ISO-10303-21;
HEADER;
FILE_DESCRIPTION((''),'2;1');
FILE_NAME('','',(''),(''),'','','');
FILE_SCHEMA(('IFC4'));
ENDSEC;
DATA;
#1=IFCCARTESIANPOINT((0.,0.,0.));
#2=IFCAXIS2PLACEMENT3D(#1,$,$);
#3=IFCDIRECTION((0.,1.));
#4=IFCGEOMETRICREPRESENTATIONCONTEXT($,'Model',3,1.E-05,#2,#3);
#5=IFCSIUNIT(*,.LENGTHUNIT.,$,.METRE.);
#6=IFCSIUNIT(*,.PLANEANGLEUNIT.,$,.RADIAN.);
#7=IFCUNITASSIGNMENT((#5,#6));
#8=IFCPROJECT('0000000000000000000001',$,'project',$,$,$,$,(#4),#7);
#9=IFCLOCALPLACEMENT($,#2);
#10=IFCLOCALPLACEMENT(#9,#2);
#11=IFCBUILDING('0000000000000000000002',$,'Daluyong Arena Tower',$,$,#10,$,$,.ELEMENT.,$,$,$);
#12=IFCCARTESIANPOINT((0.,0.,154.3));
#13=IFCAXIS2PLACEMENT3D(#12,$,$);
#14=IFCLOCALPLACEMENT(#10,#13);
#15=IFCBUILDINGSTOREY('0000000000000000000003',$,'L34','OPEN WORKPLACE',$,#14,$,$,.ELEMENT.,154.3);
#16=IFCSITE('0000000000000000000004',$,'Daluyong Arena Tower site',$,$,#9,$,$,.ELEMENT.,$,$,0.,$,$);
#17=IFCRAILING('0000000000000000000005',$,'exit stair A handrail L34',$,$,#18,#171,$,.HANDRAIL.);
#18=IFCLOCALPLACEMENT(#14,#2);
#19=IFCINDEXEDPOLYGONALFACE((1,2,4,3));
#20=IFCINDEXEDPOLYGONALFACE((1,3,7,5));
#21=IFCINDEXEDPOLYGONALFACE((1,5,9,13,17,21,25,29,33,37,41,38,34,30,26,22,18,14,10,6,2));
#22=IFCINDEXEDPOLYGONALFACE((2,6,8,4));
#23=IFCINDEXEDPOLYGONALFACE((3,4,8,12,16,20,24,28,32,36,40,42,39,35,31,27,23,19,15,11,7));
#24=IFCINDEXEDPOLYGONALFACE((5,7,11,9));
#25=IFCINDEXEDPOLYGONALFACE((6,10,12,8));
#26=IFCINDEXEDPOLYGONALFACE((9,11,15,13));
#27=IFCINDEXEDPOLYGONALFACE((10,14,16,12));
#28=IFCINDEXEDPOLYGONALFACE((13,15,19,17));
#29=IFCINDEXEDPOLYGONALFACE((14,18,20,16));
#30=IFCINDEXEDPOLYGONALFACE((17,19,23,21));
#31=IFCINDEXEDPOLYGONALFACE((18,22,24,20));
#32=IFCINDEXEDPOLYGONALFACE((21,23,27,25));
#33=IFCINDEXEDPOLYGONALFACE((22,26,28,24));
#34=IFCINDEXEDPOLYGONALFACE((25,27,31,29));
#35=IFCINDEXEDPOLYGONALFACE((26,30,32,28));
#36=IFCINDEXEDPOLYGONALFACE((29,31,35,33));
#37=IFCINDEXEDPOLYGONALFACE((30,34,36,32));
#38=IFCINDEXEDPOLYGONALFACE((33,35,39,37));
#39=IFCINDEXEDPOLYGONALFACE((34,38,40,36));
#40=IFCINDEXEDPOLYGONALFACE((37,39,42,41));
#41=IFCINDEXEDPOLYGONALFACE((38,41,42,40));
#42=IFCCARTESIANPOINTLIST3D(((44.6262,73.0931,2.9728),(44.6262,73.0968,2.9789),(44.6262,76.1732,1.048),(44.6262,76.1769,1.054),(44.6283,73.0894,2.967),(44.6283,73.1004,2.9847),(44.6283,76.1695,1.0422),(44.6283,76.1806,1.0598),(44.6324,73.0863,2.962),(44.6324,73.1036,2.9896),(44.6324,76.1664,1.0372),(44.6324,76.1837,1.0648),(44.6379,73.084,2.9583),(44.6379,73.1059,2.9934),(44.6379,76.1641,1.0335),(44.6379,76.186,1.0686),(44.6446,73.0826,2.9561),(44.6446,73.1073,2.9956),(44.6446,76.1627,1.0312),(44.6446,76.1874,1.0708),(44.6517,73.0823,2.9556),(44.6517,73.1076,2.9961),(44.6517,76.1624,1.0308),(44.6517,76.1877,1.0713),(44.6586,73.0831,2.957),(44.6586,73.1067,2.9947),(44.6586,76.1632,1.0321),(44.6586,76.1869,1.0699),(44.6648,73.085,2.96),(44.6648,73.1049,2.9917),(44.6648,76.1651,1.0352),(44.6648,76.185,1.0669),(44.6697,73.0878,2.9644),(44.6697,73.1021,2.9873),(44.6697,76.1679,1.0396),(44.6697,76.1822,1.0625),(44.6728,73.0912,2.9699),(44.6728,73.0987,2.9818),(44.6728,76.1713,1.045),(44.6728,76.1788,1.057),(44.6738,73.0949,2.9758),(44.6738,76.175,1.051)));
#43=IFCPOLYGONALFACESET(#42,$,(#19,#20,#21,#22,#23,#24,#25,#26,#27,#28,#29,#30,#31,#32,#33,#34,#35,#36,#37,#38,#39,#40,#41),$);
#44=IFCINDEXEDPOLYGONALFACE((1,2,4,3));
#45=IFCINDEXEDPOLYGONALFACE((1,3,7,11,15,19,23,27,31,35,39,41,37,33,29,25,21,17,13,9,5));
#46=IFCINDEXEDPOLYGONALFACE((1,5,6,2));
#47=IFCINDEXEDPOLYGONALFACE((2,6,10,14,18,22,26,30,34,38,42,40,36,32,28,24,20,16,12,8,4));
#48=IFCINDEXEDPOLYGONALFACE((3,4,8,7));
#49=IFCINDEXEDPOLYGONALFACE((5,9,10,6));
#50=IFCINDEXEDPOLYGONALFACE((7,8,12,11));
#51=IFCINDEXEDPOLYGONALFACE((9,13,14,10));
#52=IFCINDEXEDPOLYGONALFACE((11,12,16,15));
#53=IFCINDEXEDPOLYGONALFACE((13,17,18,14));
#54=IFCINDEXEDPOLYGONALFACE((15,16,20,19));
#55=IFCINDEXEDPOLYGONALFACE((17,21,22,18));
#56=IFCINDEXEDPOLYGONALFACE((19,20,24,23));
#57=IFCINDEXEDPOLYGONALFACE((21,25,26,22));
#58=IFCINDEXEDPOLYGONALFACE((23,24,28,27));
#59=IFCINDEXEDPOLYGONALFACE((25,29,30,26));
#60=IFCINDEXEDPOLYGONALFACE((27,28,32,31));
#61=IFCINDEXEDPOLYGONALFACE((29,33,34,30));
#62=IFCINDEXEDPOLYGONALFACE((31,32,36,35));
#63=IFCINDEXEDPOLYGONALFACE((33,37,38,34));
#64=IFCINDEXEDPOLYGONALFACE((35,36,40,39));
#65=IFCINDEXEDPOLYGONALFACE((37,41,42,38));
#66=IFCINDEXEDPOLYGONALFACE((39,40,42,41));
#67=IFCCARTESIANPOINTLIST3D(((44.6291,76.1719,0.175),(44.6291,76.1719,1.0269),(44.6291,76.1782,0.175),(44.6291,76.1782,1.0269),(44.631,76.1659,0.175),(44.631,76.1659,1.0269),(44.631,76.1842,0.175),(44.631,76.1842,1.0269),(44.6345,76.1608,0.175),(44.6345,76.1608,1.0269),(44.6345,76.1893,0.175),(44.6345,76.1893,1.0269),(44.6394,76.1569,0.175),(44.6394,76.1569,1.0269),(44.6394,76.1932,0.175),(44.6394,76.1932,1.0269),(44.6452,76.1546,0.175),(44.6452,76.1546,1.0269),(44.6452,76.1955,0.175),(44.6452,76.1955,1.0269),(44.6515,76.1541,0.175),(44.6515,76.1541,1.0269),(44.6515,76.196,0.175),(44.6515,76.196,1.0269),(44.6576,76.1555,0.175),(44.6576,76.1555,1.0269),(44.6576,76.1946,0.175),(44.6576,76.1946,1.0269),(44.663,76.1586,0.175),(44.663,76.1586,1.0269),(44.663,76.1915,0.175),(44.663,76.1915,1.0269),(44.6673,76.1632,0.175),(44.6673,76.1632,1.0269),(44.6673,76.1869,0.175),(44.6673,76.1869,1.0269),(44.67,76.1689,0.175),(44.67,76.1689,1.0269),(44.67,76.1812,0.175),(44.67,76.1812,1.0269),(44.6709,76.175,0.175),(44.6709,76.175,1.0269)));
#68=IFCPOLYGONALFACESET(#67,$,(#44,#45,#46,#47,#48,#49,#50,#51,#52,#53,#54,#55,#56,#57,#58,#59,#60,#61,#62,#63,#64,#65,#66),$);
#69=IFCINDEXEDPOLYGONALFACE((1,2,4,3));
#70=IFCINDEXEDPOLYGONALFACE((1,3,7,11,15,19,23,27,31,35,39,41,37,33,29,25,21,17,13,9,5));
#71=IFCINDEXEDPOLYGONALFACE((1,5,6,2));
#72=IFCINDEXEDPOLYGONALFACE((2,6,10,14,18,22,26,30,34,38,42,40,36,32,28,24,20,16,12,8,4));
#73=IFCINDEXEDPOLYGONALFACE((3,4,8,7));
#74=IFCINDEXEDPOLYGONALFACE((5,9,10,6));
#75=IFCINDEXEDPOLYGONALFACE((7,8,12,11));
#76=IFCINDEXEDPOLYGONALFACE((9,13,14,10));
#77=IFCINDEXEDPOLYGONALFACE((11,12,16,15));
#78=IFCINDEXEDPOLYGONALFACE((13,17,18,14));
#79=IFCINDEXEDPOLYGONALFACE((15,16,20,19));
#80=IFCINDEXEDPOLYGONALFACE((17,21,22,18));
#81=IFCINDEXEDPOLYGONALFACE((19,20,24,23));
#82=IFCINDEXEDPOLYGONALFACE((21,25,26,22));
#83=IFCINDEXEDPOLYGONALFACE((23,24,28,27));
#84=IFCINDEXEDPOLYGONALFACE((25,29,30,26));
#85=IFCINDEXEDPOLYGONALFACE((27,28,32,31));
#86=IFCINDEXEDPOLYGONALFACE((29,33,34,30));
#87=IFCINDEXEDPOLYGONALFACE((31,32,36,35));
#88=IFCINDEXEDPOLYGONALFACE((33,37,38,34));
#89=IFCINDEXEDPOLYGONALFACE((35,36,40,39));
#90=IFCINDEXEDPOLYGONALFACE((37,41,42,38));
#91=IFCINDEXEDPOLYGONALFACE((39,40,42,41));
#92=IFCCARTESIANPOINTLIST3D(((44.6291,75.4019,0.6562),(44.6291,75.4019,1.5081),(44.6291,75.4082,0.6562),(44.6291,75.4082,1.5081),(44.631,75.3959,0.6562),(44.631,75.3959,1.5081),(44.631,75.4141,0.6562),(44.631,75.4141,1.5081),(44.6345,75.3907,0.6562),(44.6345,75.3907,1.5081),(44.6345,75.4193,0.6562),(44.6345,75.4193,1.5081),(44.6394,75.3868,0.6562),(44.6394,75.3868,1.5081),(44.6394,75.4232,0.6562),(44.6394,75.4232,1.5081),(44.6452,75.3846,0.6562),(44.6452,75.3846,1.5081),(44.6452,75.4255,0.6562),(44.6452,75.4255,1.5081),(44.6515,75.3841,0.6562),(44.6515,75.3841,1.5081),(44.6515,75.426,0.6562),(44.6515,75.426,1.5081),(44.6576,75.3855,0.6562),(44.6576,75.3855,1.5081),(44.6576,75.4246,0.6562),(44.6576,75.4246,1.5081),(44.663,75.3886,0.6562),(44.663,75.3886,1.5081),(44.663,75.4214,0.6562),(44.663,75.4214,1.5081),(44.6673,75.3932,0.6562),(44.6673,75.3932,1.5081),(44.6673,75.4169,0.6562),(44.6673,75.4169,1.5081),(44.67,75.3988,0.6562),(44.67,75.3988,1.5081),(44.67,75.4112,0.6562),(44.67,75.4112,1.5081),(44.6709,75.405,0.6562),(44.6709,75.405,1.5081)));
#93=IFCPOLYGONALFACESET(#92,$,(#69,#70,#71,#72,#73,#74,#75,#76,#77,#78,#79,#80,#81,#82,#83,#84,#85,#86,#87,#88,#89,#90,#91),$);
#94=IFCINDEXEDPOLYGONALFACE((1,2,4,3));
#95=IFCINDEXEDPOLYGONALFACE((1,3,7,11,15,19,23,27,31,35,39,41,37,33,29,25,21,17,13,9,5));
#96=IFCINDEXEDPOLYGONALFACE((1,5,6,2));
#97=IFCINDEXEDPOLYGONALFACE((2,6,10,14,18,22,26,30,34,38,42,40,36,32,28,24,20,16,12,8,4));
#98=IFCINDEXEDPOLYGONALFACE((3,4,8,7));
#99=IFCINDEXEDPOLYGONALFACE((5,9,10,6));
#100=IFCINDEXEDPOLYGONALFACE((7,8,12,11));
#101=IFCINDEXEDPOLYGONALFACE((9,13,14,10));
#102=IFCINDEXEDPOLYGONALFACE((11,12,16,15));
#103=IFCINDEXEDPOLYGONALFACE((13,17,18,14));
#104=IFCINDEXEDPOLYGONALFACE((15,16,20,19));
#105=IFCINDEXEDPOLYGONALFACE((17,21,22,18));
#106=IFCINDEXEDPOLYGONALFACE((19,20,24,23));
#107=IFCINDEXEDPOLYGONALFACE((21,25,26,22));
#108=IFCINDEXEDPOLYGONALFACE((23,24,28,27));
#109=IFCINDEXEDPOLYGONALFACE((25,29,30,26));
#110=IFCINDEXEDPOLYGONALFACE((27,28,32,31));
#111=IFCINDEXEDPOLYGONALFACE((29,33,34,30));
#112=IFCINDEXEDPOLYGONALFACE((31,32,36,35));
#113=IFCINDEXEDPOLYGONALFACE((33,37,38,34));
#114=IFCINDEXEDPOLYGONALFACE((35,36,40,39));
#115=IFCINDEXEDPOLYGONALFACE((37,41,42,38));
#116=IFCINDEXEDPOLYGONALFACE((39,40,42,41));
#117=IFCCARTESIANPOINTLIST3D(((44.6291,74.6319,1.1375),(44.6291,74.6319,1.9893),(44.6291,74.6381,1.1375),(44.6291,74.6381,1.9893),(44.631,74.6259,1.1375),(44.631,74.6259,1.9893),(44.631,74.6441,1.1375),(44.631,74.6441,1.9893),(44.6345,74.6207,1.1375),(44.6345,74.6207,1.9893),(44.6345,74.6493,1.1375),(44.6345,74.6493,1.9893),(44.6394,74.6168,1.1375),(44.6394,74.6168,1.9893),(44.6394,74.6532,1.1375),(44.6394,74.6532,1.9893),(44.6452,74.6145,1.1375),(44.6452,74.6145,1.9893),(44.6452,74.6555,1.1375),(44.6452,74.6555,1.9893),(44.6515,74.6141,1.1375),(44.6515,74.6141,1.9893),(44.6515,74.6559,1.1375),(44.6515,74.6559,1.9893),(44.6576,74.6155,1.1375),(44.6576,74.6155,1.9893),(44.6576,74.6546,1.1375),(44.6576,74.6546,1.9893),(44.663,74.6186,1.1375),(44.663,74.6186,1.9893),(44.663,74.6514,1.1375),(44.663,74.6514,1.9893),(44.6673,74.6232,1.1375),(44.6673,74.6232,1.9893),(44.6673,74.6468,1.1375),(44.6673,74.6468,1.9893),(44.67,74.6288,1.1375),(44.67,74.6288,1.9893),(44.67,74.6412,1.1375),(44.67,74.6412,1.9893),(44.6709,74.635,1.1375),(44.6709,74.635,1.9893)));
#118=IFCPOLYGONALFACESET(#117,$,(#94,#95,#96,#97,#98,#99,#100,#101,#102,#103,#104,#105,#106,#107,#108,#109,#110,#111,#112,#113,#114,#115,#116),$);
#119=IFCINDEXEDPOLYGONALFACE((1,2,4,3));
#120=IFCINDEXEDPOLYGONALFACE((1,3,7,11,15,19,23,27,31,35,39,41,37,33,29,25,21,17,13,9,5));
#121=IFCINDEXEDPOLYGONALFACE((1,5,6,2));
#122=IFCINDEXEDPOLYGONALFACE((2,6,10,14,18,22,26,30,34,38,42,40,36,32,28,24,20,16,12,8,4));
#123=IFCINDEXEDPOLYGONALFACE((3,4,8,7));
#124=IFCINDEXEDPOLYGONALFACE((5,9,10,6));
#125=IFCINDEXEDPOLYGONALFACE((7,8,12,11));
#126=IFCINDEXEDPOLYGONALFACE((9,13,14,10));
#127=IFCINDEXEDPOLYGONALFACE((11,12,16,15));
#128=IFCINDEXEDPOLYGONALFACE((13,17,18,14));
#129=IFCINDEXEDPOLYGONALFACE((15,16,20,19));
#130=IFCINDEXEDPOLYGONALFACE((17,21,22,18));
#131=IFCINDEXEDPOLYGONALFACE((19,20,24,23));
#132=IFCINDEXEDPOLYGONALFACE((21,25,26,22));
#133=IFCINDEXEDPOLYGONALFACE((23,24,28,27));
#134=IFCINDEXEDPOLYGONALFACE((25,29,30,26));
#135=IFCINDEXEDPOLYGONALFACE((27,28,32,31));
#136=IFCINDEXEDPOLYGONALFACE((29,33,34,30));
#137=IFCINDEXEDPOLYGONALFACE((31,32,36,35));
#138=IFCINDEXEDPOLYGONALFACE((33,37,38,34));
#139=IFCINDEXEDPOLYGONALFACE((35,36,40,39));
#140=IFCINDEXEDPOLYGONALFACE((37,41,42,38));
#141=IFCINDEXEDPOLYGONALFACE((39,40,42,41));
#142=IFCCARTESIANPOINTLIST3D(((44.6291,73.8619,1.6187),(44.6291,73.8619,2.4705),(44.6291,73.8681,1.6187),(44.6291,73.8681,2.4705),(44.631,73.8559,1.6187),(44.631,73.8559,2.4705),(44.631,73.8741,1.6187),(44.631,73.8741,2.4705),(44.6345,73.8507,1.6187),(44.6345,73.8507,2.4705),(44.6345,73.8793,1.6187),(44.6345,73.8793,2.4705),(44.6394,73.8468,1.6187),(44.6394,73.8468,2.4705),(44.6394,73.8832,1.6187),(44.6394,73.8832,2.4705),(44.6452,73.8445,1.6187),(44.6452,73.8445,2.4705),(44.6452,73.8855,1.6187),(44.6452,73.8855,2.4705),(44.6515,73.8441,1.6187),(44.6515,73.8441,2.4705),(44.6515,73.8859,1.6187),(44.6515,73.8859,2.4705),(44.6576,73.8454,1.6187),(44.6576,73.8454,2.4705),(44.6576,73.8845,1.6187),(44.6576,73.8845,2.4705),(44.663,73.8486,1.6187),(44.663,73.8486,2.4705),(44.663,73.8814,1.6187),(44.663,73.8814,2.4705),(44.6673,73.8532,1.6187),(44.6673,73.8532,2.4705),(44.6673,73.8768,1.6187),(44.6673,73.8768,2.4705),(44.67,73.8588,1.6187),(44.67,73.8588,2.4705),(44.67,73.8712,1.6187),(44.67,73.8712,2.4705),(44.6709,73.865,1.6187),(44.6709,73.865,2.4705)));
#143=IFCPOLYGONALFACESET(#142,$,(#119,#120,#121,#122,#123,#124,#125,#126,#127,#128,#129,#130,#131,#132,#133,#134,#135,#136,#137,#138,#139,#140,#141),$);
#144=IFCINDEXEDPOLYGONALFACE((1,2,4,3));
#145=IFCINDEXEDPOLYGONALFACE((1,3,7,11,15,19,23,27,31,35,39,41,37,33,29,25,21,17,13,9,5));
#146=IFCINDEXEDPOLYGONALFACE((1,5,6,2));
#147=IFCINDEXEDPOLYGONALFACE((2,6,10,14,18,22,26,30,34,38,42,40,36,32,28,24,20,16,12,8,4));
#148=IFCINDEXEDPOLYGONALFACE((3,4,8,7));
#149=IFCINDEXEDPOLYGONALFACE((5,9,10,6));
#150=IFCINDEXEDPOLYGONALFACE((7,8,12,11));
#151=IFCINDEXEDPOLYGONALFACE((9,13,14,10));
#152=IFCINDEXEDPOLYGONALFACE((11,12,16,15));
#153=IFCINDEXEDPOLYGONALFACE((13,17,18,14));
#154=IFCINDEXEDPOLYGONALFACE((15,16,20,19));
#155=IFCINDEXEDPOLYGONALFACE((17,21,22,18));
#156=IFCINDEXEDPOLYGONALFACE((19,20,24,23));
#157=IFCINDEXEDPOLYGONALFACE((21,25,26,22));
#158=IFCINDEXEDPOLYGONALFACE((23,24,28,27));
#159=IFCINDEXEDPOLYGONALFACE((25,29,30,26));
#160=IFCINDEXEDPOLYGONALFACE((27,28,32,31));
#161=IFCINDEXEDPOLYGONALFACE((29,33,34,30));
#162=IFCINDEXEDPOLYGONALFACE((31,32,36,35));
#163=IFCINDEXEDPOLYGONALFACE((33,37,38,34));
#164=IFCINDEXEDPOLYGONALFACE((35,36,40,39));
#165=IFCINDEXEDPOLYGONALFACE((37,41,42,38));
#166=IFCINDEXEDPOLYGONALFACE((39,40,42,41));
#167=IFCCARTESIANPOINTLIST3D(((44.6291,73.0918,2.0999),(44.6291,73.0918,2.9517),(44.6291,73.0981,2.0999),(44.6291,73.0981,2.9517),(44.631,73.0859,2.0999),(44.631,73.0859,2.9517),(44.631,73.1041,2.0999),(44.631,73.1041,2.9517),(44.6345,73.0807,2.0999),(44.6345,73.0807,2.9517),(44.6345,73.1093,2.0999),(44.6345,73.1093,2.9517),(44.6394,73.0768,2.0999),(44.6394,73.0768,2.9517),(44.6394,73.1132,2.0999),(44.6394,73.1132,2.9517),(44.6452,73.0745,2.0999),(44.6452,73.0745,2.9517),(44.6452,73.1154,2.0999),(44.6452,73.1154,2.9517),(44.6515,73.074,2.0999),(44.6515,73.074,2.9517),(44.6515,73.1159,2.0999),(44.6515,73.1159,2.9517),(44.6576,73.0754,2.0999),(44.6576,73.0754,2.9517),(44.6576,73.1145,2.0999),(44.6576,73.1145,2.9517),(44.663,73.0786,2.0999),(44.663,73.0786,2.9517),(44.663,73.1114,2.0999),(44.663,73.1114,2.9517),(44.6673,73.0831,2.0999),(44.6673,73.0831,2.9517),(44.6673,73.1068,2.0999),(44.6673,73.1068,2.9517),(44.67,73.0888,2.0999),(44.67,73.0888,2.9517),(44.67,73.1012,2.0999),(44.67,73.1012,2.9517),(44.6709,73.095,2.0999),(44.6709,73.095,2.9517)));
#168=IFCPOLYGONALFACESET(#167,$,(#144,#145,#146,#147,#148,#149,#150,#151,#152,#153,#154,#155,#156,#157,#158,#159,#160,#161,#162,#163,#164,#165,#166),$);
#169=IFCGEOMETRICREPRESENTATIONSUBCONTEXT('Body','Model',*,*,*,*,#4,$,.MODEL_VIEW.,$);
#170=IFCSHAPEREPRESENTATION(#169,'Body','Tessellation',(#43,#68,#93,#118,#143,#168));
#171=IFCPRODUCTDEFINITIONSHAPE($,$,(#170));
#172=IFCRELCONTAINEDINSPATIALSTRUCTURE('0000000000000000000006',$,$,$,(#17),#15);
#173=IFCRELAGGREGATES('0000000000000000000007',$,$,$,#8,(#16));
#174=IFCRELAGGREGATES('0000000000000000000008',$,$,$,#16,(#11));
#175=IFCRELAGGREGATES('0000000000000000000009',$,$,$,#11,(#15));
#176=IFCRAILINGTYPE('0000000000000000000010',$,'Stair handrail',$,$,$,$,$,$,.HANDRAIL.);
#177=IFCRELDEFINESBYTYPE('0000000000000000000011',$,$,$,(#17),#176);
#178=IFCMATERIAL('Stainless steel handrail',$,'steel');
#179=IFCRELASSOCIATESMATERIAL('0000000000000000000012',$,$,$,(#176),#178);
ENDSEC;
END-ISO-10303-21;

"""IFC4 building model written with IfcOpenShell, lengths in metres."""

from ifc_helpers import new_model, si_unit, direction, frame, origin, origin_2d, place, context, subcontext, project, spatial, circle, extrude, material, type_object, element, save


model = new_model("IFC4")

# Units and contexts
model_context = context("Model", 3, precision=1e-05, world=origin(), true_north=direction((0.0, 1.0)))
body_context = subcontext(model_context, "Body", "Model", "MODEL_VIEW")
ifc_project = project(units=[si_unit("LENGTHUNIT", "METRE"), si_unit("PLANEANGLEUNIT", "RADIAN")], contexts=[model_context])

# Site, building, storey
site_placement = place(None, origin())
site = spatial("IfcSite", under=ifc_project, at=site_placement, Name="Daluyong Arena Tower site", CompositionType="ELEMENT", RefElevation=0.0)
building_placement = place(site_placement, origin())
building = spatial("IfcBuilding", under=site, at=building_placement, Name="Daluyong Arena Tower", CompositionType="ELEMENT")
storey_placement = place(building_placement, frame((0.0, 0.0, 154.3)))
storey = spatial("IfcBuildingStorey", under=building, at=storey_placement, Name="L34", Description="OPEN WORKPLACE", CompositionType="ELEMENT", Elevation=154.3)

# Railing
ifc_material_1 = material(Name="Stainless steel handrail", Category="steel")
railing_type_1 = type_object("IfcRailingType", Name="Stair handrail", PredefinedType="HANDRAIL", material=ifc_material_1)
railing_1_placement = place(storey_placement, frame((44.6499, 76.175, 0.175)))
element("IfcRailing", 1, at=railing_1_placement, inside=storey, type_object=railing_type_1, Name="exit stair A handrail L34", PredefinedType="HANDRAIL", context=body_context, shape_type="SweptSolid", body=[
    extrude(circle(Radius=0.0239, at=origin_2d()), frame((0.0, 0.0, 0.876), z_axis=(0.0, -0.848029, 0.529951), x_axis=(1.0, 0.0, 0.0)), (0.0, 0.0, 1.0), 3.6321),
    extrude(circle(Radius=0.021, at=origin_2d()), origin(), (0.0, 0.0, 1.0), 0.8518),
    extrude(circle(Radius=0.021, at=origin_2d()), frame((0.0, -0.77, 0.4812)), (0.0, 0.0, 1.0), 0.8518),
    extrude(circle(Radius=0.021, at=origin_2d()), frame((0.0, -1.54, 0.9624)), (0.0, 0.0, 1.0), 0.8518),
    extrude(circle(Radius=0.021, at=origin_2d()), frame((0.0, -2.3101, 1.4436)), (0.0, 0.0, 1.0), 0.8518),
    extrude(circle(Radius=0.021, at=origin_2d()), frame((0.0, -3.0801, 1.9248)), (0.0, 0.0, 1.0), 0.8518),
])

save(model, "model.ifc")
